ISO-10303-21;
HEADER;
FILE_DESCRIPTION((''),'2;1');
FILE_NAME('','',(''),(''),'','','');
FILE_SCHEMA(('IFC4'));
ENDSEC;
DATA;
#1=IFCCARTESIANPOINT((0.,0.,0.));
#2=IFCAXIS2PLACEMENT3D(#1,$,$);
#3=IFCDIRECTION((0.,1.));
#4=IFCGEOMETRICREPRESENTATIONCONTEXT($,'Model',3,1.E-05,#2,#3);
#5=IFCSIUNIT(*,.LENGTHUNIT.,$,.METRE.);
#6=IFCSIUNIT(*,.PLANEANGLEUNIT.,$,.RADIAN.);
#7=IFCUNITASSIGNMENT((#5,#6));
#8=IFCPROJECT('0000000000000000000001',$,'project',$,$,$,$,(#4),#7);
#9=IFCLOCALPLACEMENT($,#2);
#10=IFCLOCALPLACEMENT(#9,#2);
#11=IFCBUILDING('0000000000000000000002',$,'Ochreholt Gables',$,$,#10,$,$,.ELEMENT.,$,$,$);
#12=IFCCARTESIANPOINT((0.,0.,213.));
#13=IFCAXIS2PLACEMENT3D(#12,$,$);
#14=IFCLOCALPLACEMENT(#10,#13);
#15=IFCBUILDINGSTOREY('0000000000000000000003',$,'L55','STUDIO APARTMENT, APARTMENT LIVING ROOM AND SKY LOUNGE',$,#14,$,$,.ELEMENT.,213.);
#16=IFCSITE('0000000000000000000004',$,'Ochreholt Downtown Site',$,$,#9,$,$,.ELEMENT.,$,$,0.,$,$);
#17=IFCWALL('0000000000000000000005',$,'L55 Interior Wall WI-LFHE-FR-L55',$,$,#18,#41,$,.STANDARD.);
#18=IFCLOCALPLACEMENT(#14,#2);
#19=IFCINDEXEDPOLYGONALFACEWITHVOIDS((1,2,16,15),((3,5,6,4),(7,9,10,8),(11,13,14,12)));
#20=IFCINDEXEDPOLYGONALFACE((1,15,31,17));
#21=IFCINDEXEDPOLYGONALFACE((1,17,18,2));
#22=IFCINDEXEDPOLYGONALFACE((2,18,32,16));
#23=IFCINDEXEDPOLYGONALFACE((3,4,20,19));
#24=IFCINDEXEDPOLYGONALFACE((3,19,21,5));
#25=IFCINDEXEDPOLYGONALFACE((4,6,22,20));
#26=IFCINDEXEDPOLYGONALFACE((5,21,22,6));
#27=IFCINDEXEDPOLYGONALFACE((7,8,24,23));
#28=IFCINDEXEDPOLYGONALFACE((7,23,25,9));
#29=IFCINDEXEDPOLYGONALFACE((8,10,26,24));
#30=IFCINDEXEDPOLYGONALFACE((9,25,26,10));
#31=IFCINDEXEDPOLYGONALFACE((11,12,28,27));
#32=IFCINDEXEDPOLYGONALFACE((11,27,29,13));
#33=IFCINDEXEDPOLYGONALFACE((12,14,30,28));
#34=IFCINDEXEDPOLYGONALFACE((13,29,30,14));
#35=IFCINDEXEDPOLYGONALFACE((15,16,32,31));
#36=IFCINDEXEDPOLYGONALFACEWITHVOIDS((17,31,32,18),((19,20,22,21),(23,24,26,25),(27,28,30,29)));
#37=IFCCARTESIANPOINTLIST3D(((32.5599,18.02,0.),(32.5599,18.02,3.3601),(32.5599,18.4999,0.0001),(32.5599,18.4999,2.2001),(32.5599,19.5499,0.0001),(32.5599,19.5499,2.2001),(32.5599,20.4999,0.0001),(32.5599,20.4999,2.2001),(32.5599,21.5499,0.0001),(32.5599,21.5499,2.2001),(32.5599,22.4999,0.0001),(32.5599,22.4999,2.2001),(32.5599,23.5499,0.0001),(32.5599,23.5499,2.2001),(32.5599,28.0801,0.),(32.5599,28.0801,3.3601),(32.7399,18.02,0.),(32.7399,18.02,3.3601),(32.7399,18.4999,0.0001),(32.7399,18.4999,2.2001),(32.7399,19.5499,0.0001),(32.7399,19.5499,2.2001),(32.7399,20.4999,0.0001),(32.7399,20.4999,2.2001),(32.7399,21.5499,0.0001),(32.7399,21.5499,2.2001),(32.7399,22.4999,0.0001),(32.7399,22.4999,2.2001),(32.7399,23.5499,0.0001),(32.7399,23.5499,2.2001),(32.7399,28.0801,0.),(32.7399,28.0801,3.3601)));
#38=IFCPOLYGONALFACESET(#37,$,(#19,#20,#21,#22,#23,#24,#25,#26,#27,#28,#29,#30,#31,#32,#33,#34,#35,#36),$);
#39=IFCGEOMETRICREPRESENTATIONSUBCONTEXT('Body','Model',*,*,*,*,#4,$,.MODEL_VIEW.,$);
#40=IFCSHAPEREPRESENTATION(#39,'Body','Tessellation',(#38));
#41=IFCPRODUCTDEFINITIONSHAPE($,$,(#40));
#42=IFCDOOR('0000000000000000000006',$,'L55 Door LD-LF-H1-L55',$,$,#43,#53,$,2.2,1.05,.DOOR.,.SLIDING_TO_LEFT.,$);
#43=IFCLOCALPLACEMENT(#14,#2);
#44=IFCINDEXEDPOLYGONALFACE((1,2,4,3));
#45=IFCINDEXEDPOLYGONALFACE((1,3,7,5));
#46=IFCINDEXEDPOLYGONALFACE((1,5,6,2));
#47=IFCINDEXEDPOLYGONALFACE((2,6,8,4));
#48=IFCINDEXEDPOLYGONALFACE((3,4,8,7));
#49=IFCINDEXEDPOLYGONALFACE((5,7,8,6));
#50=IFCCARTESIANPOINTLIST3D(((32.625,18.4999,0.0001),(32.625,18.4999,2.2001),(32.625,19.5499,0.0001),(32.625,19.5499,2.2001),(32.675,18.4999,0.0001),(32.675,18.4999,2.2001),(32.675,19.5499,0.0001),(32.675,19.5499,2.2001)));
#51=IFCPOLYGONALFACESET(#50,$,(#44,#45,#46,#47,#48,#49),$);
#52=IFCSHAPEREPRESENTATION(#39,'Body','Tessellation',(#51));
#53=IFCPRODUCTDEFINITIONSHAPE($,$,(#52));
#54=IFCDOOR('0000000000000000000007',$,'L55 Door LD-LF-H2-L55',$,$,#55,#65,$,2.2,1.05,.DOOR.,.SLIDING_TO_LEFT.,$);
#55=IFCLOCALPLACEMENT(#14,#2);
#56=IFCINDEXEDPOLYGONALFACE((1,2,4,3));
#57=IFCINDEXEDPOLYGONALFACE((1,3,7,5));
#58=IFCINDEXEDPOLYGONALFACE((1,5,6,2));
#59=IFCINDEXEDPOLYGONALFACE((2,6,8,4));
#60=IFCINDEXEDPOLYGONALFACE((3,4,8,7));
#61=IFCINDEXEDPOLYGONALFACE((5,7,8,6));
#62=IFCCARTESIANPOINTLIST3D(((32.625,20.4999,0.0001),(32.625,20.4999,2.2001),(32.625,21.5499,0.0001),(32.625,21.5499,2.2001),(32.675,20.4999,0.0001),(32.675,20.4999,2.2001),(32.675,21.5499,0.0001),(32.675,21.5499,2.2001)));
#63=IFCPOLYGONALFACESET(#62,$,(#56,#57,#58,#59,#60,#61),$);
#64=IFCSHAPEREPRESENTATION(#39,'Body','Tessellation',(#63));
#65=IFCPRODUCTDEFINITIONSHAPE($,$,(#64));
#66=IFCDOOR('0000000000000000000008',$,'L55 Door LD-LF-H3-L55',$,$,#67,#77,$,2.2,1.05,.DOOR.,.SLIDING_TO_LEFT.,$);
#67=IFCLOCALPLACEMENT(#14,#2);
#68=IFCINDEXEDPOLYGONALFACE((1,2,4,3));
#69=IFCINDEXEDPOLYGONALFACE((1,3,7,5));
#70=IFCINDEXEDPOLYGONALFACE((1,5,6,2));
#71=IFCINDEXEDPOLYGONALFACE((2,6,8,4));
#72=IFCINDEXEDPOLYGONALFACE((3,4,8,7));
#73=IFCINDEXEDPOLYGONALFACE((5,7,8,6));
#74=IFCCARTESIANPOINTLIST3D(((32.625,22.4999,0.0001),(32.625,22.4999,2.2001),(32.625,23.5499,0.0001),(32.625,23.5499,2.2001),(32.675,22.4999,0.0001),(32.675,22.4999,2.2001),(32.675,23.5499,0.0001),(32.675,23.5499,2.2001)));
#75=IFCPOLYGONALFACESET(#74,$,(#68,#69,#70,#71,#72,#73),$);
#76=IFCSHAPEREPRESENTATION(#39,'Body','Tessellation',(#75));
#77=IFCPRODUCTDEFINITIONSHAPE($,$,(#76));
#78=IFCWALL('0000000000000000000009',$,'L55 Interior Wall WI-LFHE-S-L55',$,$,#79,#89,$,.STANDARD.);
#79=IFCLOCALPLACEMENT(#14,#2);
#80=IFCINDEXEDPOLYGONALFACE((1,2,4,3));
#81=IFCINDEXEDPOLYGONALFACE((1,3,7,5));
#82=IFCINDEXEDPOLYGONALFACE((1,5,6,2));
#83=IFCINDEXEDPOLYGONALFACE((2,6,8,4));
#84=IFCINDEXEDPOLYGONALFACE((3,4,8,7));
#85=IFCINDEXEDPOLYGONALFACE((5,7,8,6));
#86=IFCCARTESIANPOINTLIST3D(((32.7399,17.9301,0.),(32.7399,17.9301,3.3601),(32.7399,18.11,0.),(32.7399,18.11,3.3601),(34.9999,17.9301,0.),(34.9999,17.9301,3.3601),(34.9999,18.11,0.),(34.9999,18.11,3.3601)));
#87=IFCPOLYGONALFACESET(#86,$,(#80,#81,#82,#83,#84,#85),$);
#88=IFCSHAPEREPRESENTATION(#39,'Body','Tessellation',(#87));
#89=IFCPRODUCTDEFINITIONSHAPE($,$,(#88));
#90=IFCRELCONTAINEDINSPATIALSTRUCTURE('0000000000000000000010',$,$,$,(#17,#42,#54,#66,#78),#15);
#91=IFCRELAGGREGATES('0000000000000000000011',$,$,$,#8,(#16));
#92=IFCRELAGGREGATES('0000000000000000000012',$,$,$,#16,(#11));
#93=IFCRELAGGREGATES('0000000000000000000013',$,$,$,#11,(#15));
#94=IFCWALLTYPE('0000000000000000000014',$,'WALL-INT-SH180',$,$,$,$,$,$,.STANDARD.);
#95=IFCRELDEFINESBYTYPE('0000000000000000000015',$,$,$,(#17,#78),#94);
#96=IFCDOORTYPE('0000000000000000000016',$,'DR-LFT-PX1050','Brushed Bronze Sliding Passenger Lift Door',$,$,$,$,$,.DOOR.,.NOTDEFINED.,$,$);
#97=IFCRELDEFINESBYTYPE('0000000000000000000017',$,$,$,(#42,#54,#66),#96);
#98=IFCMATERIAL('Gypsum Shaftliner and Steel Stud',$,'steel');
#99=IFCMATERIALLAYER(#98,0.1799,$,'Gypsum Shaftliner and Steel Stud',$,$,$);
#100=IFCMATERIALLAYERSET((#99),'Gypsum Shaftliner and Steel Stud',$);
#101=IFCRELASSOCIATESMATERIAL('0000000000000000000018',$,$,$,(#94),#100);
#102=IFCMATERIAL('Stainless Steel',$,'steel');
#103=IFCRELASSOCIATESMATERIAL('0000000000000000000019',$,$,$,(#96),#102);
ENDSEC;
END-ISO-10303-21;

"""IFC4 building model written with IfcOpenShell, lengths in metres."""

from ifc_helpers import new_model, si_unit, direction, frame, frame_2d, origin, place, context, subcontext, project, spatial, rectangle, extrude, material, layer, layer_set, type_object, element, fill, save


model = new_model("IFC4")

# Units and contexts
model_context = context("Model", 3, precision=1e-05, world=origin(), true_north=direction((0.0, 1.0)))
body_context = subcontext(model_context, "Body", "Model", "MODEL_VIEW")
ifc_project = project(units=[si_unit("LENGTHUNIT", "METRE"), si_unit("PLANEANGLEUNIT", "RADIAN")], contexts=[model_context])

# Site, building, storey
site_placement = place(None, origin())
site = spatial("IfcSite", under=ifc_project, at=site_placement, Name="Ochreholt Downtown Site", CompositionType="ELEMENT", RefElevation=0.0)
building_placement = place(site_placement, origin())
building = spatial("IfcBuilding", under=site, at=building_placement, Name="Ochreholt Gables", CompositionType="ELEMENT")
storey_placement = place(building_placement, frame((0.0, 0.0, 213.0)))
storey = spatial("IfcBuildingStorey", under=building, at=storey_placement, Name="L55", Description="STUDIO APARTMENT, APARTMENT LIVING ROOM AND SKY LOUNGE", CompositionType="ELEMENT", Elevation=213.0)

# Wall, openings, doors
ifc_material_1 = material(Name="Gypsum Shaftliner and Steel Stud", Category="steel")
ifc_layer_1 = layer(ifc_material_1, 0.1799, Name="Gypsum Shaftliner and Steel Stud")
ifc_layer_set_1 = layer_set([ifc_layer_1], Name="Gypsum Shaftliner and Steel Stud")
wall_type_1 = type_object("IfcWallType", Name="WALL-INT-SH180", PredefinedType="STANDARD", material=ifc_layer_set_1)
wall_1_placement = place(storey_placement, frame((32.6499, 18.02, 0.0), z_axis=(0.0, 0.0, 1.0), x_axis=(0.0, 1.0, 0.0)))
wall_1 = element("IfcWall", 1, at=wall_1_placement, inside=storey, type_object=wall_type_1, Name="L55 Interior Wall WI-LFHE-FR-L55", PredefinedType="STANDARD", context=body_context, shape_type="SweptSolid", body=[
    extrude(rectangle(XDim=10.0601, YDim=0.1799, at=frame_2d((5.03, 0.0))), origin(), (0.0, 0.0, 1.0), 3.3601),
])
opening_1_placement = place(wall_1_placement, frame((0.48, 0.0, 0.0)))
opening_1 = element("IfcOpeningElement", 2, at=opening_1_placement, cuts=wall_1, PredefinedType="OPENING", context=body_context, shape_type="SweptSolid", body=[
    extrude(rectangle(XDim=1.05, YDim=2.2, at=frame_2d((0.5249, 1.1001))), frame((0.0, 0.0999, 0.0), z_axis=(0.0, -1.0, 0.0), x_axis=(1.0, 0.0, 0.0)), (0.0, 0.0, 1.0), 0.2),
])
opening_2_placement = place(wall_1_placement, frame((2.48, 0.0, 0.0)))
opening_2 = element("IfcOpeningElement", 3, at=opening_2_placement, cuts=wall_1, PredefinedType="OPENING", context=body_context, shape_type="SweptSolid", body=[
    extrude(rectangle(XDim=1.05, YDim=2.2, at=frame_2d((0.5249, 1.1001))), frame((0.0, 0.0999, 0.0), z_axis=(0.0, -1.0, 0.0), x_axis=(1.0, 0.0, 0.0)), (0.0, 0.0, 1.0), 0.2),
])
opening_3_placement = place(wall_1_placement, frame((4.48, 0.0, 0.0)))
opening_3 = element("IfcOpeningElement", 4, at=opening_3_placement, cuts=wall_1, PredefinedType="OPENING", context=body_context, shape_type="SweptSolid", body=[
    extrude(rectangle(XDim=1.05, YDim=2.2, at=frame_2d((0.5249, 1.1001))), frame((0.0, 0.0999, 0.0), z_axis=(0.0, -1.0, 0.0), x_axis=(1.0, 0.0, 0.0)), (0.0, 0.0, 1.0), 0.2),
])
ifc_material_2 = material(Name="Stainless Steel", Category="steel")
door_type_1 = type_object("IfcDoorType", Name="DR-LFT-PX1050", Description="Brushed Bronze Sliding Passenger Lift Door", OperationType="NOTDEFINED", PredefinedType="DOOR", material=ifc_material_2)
door_1_placement = place(opening_1_placement, origin())
door_1 = element("IfcDoor", 5, at=door_1_placement, inside=storey, type_object=door_type_1, Name="L55 Door LD-LF-H1-L55", OperationType="SLIDING_TO_LEFT", OverallHeight=2.2, OverallWidth=1.05, PredefinedType="DOOR", context=body_context, shape_type="SweptSolid", body=[
    extrude(rectangle(XDim=1.05, YDim=2.2, at=frame_2d((0.5249, 1.1001))), frame((0.0, 0.0249, 0.0), z_axis=(0.0, -1.0, 0.0), x_axis=(1.0, 0.0, 0.0)), (0.0, 0.0, 1.0), 0.05),
])
fill(opening_1, door_1)
door_2_placement = place(opening_2_placement, origin())
door_2 = element("IfcDoor", 6, at=door_2_placement, inside=storey, type_object=door_type_1, Name="L55 Door LD-LF-H2-L55", OperationType="SLIDING_TO_LEFT", OverallHeight=2.2, OverallWidth=1.05, PredefinedType="DOOR", context=body_context, shape_type="SweptSolid", body=[
    extrude(rectangle(XDim=1.05, YDim=2.2, at=frame_2d((0.5249, 1.1001))), frame((0.0, 0.0249, 0.0), z_axis=(0.0, -1.0, 0.0), x_axis=(1.0, 0.0, 0.0)), (0.0, 0.0, 1.0), 0.05),
])
fill(opening_2, door_2)
door_3_placement = place(opening_3_placement, origin())
door_3 = element("IfcDoor", 7, at=door_3_placement, inside=storey, type_object=door_type_1, Name="L55 Door LD-LF-H3-L55", OperationType="SLIDING_TO_LEFT", OverallHeight=2.2, OverallWidth=1.05, PredefinedType="DOOR", context=body_context, shape_type="SweptSolid", body=[
    extrude(rectangle(XDim=1.05, YDim=2.2, at=frame_2d((0.5249, 1.1001))), frame((0.0, 0.0249, 0.0), z_axis=(0.0, -1.0, 0.0), x_axis=(1.0, 0.0, 0.0)), (0.0, 0.0, 1.0), 0.05),
])
fill(opening_3, door_3)

# Wall
wall_2_placement = place(storey_placement, frame((32.74, 18.02, 0.0), z_axis=(0.0, 0.0, 1.0), x_axis=(1.0, 0.0, 0.0)))
element("IfcWall", 8, at=wall_2_placement, inside=storey, type_object=wall_type_1, Name="L55 Interior Wall WI-LFHE-S-L55", PredefinedType="STANDARD", context=body_context, shape_type="SweptSolid", body=[
    extrude(rectangle(XDim=2.26, YDim=0.1799, at=frame_2d((1.1299, 0.0))), origin(), (0.0, 0.0, 1.0), 3.3601),
])

save(model, "model.ifc")
